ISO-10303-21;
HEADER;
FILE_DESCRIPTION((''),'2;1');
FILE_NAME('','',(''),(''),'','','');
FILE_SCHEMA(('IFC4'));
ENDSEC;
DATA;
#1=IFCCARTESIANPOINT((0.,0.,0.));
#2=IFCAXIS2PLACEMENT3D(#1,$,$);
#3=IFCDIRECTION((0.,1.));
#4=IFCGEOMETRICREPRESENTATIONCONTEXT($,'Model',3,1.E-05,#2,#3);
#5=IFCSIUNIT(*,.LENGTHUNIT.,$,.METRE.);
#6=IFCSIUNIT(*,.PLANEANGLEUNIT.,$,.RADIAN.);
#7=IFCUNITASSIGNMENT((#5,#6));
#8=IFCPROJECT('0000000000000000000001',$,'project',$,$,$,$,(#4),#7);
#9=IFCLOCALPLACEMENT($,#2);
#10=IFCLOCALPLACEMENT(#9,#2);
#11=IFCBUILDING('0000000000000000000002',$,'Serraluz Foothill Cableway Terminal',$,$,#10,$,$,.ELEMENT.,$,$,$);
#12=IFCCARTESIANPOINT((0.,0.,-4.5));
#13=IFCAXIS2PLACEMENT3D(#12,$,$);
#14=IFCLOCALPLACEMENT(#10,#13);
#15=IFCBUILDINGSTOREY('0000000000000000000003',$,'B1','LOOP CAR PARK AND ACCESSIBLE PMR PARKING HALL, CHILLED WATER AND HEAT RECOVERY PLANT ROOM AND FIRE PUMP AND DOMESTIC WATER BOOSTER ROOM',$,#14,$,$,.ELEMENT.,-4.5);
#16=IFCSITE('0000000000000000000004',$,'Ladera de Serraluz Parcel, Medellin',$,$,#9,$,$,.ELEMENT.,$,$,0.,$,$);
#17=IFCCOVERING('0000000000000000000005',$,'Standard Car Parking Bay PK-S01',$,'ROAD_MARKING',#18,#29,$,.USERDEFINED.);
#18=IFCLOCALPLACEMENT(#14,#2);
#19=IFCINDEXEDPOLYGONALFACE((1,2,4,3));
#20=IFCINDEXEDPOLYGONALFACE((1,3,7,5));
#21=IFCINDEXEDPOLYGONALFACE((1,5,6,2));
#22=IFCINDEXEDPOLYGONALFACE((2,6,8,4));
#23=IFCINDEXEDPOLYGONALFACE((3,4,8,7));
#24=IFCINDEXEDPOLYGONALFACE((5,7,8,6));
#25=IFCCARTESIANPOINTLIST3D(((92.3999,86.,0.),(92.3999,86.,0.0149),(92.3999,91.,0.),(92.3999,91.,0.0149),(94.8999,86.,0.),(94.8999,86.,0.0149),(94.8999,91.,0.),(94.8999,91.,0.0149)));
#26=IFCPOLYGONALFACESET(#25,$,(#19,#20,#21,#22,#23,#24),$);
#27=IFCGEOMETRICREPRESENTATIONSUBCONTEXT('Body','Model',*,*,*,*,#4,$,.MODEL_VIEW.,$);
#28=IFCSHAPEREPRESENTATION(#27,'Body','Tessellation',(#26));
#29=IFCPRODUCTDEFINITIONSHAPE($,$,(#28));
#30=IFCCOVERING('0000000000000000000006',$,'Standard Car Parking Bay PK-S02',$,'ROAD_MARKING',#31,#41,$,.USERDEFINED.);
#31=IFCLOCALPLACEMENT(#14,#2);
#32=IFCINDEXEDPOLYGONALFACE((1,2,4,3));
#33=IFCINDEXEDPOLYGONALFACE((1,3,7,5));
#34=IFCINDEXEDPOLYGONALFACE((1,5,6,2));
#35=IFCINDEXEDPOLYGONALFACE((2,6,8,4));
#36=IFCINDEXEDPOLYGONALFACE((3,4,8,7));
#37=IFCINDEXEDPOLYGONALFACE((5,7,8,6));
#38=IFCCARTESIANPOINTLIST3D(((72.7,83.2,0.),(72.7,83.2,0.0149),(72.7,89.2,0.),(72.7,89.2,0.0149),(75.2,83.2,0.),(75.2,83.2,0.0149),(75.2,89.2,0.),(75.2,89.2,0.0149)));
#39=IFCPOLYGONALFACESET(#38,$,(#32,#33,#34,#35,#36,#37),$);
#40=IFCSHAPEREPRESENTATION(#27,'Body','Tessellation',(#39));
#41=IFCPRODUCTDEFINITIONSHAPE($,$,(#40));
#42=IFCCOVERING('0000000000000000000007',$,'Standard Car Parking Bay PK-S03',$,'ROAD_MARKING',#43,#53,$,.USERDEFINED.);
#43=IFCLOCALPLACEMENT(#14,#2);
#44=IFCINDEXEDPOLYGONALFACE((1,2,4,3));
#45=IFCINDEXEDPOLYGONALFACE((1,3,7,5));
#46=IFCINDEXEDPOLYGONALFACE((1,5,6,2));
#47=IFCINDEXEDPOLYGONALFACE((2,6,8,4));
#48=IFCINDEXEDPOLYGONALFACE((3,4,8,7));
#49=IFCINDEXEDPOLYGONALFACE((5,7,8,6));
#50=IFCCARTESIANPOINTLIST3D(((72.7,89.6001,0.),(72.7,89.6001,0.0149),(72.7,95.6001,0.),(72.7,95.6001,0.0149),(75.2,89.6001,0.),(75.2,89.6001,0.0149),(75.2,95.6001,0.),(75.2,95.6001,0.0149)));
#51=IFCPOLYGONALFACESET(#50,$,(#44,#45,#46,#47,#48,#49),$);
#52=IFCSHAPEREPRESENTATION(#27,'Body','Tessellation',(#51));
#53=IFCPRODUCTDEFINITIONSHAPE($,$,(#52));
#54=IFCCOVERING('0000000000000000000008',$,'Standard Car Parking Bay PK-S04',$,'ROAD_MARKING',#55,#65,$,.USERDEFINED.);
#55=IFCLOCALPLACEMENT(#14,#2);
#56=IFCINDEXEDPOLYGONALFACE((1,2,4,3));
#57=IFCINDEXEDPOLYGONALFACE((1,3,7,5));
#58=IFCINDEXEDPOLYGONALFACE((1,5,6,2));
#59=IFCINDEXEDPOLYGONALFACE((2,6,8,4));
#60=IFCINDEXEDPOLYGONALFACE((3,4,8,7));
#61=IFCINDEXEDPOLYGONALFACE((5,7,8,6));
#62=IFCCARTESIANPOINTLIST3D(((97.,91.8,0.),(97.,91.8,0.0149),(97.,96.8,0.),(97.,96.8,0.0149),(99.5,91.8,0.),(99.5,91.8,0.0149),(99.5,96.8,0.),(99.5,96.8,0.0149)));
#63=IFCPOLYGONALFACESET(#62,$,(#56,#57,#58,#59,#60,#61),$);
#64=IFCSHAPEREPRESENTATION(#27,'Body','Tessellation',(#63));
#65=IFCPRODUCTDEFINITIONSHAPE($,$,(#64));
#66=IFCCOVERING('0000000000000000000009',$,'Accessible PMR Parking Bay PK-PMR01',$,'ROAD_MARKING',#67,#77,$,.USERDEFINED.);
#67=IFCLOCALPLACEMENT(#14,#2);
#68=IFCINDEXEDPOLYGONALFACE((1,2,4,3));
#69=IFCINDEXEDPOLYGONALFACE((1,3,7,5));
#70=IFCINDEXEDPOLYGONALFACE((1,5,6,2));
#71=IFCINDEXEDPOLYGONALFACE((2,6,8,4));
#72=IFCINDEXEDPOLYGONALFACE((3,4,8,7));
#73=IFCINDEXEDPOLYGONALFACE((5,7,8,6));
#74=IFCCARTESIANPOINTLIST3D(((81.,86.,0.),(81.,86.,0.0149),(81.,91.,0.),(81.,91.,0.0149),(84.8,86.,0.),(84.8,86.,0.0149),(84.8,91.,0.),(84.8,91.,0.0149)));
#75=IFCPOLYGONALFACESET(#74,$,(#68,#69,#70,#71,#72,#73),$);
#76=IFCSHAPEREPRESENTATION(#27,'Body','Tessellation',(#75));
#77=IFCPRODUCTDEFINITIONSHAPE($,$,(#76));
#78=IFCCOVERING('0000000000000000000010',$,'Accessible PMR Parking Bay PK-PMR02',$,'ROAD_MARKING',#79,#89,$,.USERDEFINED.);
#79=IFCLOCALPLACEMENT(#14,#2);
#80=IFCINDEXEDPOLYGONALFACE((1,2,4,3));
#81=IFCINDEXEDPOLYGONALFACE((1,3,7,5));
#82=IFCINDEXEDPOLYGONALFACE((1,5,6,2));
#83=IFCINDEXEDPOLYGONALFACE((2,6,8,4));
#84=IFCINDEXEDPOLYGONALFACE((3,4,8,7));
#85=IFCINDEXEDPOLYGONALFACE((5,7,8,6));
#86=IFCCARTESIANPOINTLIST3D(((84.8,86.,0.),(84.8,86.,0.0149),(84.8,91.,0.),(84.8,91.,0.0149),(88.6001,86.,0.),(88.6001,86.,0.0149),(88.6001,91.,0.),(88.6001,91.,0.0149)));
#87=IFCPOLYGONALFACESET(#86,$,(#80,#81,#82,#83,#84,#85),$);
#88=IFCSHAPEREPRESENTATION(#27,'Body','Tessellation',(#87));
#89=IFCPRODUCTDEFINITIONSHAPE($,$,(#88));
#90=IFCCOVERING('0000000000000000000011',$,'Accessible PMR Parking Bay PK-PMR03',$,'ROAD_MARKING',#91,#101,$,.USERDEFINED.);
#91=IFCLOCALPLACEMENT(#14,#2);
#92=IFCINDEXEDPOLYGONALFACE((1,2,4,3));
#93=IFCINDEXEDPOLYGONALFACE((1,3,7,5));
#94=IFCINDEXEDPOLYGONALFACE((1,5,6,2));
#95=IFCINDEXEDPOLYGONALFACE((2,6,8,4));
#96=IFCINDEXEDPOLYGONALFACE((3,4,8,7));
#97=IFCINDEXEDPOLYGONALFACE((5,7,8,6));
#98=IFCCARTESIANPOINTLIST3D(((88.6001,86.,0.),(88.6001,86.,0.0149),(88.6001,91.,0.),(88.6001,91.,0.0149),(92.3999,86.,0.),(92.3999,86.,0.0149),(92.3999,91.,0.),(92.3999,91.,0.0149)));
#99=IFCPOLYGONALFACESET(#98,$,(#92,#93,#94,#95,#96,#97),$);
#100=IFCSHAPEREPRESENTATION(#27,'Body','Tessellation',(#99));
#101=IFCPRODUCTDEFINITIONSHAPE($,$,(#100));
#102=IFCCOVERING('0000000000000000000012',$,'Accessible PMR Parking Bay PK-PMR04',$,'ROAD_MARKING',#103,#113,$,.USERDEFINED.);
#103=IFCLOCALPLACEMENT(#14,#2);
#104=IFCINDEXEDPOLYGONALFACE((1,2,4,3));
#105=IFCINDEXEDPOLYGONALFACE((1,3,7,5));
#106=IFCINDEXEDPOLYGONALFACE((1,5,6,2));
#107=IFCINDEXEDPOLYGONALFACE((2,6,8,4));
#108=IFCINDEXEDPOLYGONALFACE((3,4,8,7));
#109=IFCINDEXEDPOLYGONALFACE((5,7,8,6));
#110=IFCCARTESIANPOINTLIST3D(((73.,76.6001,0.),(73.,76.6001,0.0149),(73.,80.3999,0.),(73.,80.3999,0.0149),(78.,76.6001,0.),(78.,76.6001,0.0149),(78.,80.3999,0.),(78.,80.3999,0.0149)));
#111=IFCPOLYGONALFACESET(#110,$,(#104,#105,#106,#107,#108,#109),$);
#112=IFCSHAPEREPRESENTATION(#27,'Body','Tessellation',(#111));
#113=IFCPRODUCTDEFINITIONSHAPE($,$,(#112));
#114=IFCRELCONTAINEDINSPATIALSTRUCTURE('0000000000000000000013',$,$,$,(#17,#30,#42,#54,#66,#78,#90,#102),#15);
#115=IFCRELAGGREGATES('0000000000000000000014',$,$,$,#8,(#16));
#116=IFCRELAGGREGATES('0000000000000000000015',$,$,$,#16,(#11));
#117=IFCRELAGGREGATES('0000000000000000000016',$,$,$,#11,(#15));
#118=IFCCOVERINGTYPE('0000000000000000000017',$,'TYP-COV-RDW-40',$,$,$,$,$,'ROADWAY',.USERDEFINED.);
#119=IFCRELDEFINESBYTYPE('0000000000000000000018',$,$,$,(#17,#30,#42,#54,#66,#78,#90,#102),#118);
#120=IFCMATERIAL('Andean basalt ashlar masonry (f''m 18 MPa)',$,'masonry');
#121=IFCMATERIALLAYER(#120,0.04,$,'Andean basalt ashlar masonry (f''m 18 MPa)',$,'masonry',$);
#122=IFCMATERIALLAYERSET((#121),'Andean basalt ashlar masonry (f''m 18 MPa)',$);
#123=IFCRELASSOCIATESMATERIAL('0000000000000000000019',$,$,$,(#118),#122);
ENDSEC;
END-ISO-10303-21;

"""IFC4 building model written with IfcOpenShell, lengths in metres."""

from ifc_helpers import new_model, si_unit, direction, frame, origin, place, context, subcontext, project, spatial, polyline, outline, extrude, material, layer, layer_set, type_object, element, save


model = new_model("IFC4")

# Units and contexts
model_context = context("Model", 3, precision=1e-05, world=origin(), true_north=direction((0.0, 1.0)))
body_context = subcontext(model_context, "Body", "Model", "MODEL_VIEW")
ifc_project = project(units=[si_unit("LENGTHUNIT", "METRE"), si_unit("PLANEANGLEUNIT", "RADIAN")], contexts=[model_context])

# Site, building, storey
site_placement = place(None, origin())
site = spatial("IfcSite", under=ifc_project, at=site_placement, Name="Ladera de Serraluz Parcel, Medellin", CompositionType="ELEMENT", RefElevation=0.0)
building_placement = place(site_placement, origin())
building = spatial("IfcBuilding", under=site, at=building_placement, Name="Serraluz Foothill Cableway Terminal", CompositionType="ELEMENT")
storey_placement = place(building_placement, frame((0.0, 0.0, -4.5)))
storey = spatial("IfcBuildingStorey", under=building, at=storey_placement, Name="B1", Description="LOOP CAR PARK AND ACCESSIBLE PMR PARKING HALL, CHILLED WATER AND HEAT RECOVERY PLANT ROOM AND FIRE PUMP AND DOMESTIC WATER BOOSTER ROOM", CompositionType="ELEMENT", Elevation=-4.5)

# Shared definitions
ifc_material_1 = material(Name="Andean basalt ashlar masonry (f'm 18 MPa)", Category="masonry")

# Coverings
ifc_layer_1 = layer(ifc_material_1, 0.04, Name="Andean basalt ashlar masonry (f'm 18 MPa)", Category="masonry")
ifc_layer_set_1 = layer_set([ifc_layer_1], Name="Andean basalt ashlar masonry (f'm 18 MPa)")
covering_type = type_object("IfcCoveringType", Name="TYP-COV-RDW-40", ElementType="ROADWAY", PredefinedType="USERDEFINED", material=ifc_layer_set_1)
covering_1_placement = place(storey_placement, origin())
element("IfcCovering", 1, at=covering_1_placement, inside=storey, type_object=covering_type, Name="Standard Car Parking Bay PK-S01", ObjectType="ROAD_MARKING", PredefinedType="USERDEFINED", context=body_context, shape_type="SweptSolid", body=[
    extrude(outline(polyline([(92.3999, 86.0), (94.8999, 86.0), (94.8999, 91.0), (92.3999, 91.0), (92.3999, 86.0)])), origin(), (0.0, 0.0, 1.0), 0.0149),
])
covering_2_placement = place(storey_placement, origin())
element("IfcCovering", 2, at=covering_2_placement, inside=storey, type_object=covering_type, Name="Standard Car Parking Bay PK-S02", ObjectType="ROAD_MARKING", PredefinedType="USERDEFINED", context=body_context, shape_type="SweptSolid", body=[
    extrude(outline(polyline([(72.7, 83.2), (75.2, 83.2), (75.2, 89.2), (72.7, 89.2), (72.7, 83.2)])), origin(), (0.0, 0.0, 1.0), 0.0149),
])
covering_3_placement = place(storey_placement, origin())
element("IfcCovering", 3, at=covering_3_placement, inside=storey, type_object=covering_type, Name="Standard Car Parking Bay PK-S03", ObjectType="ROAD_MARKING", PredefinedType="USERDEFINED", context=body_context, shape_type="SweptSolid", body=[
    extrude(outline(polyline([(72.7, 89.6001), (75.2, 89.6001), (75.2, 95.6001), (72.7, 95.6001), (72.7, 89.6001)])), origin(), (0.0, 0.0, 1.0), 0.0149),
])
covering_4_placement = place(storey_placement, origin())
element("IfcCovering", 4, at=covering_4_placement, inside=storey, type_object=covering_type, Name="Standard Car Parking Bay PK-S04", ObjectType="ROAD_MARKING", PredefinedType="USERDEFINED", context=body_context, shape_type="SweptSolid", body=[
    extrude(outline(polyline([(97.0, 91.8), (99.5, 91.8), (99.5, 96.8), (97.0, 96.8), (97.0, 91.8)])), origin(), (0.0, 0.0, 1.0), 0.0149),
])
covering_5_placement = place(storey_placement, origin())
element("IfcCovering", 5, at=covering_5_placement, inside=storey, type_object=covering_type, Name="Accessible PMR Parking Bay PK-PMR01", ObjectType="ROAD_MARKING", PredefinedType="USERDEFINED", context=body_context, shape_type="SweptSolid", body=[
    extrude(outline(polyline([(81.0, 86.0), (84.8, 86.0), (84.8, 91.0), (81.0, 91.0), (81.0, 86.0)])), origin(), (0.0, 0.0, 1.0), 0.0149),
])
covering_6_placement = place(storey_placement, origin())
element("IfcCovering", 6, at=covering_6_placement, inside=storey, type_object=covering_type, Name="Accessible PMR Parking Bay PK-PMR02", ObjectType="ROAD_MARKING", PredefinedType="USERDEFINED", context=body_context, shape_type="SweptSolid", body=[
    extrude(outline(polyline([(84.8, 86.0), (88.6001, 86.0), (88.6001, 91.0), (84.8, 91.0), (84.8, 86.0)])), origin(), (0.0, 0.0, 1.0), 0.0149),
])
covering_7_placement = place(storey_placement, origin())
element("IfcCovering", 7, at=covering_7_placement, inside=storey, type_object=covering_type, Name="Accessible PMR Parking Bay PK-PMR03", ObjectType="ROAD_MARKING", PredefinedType="USERDEFINED", context=body_context, shape_type="SweptSolid", body=[
    extrude(outline(polyline([(88.6001, 86.0), (92.3999, 86.0), (92.3999, 91.0), (88.6001, 91.0), (88.6001, 86.0)])), origin(), (0.0, 0.0, 1.0), 0.0149),
])
covering_8_placement = place(storey_placement, origin())
element("IfcCovering", 8, at=covering_8_placement, inside=storey, type_object=covering_type, Name="Accessible PMR Parking Bay PK-PMR04", ObjectType="ROAD_MARKING", PredefinedType="USERDEFINED", context=body_context, shape_type="SweptSolid", body=[
    extrude(outline(polyline([(73.0, 76.6001), (78.0, 76.6001), (78.0, 80.3999), (73.0, 80.3999), (73.0, 76.6001)])), origin(), (0.0, 0.0, 1.0), 0.0149),
])

save(model, "model.ifc")
